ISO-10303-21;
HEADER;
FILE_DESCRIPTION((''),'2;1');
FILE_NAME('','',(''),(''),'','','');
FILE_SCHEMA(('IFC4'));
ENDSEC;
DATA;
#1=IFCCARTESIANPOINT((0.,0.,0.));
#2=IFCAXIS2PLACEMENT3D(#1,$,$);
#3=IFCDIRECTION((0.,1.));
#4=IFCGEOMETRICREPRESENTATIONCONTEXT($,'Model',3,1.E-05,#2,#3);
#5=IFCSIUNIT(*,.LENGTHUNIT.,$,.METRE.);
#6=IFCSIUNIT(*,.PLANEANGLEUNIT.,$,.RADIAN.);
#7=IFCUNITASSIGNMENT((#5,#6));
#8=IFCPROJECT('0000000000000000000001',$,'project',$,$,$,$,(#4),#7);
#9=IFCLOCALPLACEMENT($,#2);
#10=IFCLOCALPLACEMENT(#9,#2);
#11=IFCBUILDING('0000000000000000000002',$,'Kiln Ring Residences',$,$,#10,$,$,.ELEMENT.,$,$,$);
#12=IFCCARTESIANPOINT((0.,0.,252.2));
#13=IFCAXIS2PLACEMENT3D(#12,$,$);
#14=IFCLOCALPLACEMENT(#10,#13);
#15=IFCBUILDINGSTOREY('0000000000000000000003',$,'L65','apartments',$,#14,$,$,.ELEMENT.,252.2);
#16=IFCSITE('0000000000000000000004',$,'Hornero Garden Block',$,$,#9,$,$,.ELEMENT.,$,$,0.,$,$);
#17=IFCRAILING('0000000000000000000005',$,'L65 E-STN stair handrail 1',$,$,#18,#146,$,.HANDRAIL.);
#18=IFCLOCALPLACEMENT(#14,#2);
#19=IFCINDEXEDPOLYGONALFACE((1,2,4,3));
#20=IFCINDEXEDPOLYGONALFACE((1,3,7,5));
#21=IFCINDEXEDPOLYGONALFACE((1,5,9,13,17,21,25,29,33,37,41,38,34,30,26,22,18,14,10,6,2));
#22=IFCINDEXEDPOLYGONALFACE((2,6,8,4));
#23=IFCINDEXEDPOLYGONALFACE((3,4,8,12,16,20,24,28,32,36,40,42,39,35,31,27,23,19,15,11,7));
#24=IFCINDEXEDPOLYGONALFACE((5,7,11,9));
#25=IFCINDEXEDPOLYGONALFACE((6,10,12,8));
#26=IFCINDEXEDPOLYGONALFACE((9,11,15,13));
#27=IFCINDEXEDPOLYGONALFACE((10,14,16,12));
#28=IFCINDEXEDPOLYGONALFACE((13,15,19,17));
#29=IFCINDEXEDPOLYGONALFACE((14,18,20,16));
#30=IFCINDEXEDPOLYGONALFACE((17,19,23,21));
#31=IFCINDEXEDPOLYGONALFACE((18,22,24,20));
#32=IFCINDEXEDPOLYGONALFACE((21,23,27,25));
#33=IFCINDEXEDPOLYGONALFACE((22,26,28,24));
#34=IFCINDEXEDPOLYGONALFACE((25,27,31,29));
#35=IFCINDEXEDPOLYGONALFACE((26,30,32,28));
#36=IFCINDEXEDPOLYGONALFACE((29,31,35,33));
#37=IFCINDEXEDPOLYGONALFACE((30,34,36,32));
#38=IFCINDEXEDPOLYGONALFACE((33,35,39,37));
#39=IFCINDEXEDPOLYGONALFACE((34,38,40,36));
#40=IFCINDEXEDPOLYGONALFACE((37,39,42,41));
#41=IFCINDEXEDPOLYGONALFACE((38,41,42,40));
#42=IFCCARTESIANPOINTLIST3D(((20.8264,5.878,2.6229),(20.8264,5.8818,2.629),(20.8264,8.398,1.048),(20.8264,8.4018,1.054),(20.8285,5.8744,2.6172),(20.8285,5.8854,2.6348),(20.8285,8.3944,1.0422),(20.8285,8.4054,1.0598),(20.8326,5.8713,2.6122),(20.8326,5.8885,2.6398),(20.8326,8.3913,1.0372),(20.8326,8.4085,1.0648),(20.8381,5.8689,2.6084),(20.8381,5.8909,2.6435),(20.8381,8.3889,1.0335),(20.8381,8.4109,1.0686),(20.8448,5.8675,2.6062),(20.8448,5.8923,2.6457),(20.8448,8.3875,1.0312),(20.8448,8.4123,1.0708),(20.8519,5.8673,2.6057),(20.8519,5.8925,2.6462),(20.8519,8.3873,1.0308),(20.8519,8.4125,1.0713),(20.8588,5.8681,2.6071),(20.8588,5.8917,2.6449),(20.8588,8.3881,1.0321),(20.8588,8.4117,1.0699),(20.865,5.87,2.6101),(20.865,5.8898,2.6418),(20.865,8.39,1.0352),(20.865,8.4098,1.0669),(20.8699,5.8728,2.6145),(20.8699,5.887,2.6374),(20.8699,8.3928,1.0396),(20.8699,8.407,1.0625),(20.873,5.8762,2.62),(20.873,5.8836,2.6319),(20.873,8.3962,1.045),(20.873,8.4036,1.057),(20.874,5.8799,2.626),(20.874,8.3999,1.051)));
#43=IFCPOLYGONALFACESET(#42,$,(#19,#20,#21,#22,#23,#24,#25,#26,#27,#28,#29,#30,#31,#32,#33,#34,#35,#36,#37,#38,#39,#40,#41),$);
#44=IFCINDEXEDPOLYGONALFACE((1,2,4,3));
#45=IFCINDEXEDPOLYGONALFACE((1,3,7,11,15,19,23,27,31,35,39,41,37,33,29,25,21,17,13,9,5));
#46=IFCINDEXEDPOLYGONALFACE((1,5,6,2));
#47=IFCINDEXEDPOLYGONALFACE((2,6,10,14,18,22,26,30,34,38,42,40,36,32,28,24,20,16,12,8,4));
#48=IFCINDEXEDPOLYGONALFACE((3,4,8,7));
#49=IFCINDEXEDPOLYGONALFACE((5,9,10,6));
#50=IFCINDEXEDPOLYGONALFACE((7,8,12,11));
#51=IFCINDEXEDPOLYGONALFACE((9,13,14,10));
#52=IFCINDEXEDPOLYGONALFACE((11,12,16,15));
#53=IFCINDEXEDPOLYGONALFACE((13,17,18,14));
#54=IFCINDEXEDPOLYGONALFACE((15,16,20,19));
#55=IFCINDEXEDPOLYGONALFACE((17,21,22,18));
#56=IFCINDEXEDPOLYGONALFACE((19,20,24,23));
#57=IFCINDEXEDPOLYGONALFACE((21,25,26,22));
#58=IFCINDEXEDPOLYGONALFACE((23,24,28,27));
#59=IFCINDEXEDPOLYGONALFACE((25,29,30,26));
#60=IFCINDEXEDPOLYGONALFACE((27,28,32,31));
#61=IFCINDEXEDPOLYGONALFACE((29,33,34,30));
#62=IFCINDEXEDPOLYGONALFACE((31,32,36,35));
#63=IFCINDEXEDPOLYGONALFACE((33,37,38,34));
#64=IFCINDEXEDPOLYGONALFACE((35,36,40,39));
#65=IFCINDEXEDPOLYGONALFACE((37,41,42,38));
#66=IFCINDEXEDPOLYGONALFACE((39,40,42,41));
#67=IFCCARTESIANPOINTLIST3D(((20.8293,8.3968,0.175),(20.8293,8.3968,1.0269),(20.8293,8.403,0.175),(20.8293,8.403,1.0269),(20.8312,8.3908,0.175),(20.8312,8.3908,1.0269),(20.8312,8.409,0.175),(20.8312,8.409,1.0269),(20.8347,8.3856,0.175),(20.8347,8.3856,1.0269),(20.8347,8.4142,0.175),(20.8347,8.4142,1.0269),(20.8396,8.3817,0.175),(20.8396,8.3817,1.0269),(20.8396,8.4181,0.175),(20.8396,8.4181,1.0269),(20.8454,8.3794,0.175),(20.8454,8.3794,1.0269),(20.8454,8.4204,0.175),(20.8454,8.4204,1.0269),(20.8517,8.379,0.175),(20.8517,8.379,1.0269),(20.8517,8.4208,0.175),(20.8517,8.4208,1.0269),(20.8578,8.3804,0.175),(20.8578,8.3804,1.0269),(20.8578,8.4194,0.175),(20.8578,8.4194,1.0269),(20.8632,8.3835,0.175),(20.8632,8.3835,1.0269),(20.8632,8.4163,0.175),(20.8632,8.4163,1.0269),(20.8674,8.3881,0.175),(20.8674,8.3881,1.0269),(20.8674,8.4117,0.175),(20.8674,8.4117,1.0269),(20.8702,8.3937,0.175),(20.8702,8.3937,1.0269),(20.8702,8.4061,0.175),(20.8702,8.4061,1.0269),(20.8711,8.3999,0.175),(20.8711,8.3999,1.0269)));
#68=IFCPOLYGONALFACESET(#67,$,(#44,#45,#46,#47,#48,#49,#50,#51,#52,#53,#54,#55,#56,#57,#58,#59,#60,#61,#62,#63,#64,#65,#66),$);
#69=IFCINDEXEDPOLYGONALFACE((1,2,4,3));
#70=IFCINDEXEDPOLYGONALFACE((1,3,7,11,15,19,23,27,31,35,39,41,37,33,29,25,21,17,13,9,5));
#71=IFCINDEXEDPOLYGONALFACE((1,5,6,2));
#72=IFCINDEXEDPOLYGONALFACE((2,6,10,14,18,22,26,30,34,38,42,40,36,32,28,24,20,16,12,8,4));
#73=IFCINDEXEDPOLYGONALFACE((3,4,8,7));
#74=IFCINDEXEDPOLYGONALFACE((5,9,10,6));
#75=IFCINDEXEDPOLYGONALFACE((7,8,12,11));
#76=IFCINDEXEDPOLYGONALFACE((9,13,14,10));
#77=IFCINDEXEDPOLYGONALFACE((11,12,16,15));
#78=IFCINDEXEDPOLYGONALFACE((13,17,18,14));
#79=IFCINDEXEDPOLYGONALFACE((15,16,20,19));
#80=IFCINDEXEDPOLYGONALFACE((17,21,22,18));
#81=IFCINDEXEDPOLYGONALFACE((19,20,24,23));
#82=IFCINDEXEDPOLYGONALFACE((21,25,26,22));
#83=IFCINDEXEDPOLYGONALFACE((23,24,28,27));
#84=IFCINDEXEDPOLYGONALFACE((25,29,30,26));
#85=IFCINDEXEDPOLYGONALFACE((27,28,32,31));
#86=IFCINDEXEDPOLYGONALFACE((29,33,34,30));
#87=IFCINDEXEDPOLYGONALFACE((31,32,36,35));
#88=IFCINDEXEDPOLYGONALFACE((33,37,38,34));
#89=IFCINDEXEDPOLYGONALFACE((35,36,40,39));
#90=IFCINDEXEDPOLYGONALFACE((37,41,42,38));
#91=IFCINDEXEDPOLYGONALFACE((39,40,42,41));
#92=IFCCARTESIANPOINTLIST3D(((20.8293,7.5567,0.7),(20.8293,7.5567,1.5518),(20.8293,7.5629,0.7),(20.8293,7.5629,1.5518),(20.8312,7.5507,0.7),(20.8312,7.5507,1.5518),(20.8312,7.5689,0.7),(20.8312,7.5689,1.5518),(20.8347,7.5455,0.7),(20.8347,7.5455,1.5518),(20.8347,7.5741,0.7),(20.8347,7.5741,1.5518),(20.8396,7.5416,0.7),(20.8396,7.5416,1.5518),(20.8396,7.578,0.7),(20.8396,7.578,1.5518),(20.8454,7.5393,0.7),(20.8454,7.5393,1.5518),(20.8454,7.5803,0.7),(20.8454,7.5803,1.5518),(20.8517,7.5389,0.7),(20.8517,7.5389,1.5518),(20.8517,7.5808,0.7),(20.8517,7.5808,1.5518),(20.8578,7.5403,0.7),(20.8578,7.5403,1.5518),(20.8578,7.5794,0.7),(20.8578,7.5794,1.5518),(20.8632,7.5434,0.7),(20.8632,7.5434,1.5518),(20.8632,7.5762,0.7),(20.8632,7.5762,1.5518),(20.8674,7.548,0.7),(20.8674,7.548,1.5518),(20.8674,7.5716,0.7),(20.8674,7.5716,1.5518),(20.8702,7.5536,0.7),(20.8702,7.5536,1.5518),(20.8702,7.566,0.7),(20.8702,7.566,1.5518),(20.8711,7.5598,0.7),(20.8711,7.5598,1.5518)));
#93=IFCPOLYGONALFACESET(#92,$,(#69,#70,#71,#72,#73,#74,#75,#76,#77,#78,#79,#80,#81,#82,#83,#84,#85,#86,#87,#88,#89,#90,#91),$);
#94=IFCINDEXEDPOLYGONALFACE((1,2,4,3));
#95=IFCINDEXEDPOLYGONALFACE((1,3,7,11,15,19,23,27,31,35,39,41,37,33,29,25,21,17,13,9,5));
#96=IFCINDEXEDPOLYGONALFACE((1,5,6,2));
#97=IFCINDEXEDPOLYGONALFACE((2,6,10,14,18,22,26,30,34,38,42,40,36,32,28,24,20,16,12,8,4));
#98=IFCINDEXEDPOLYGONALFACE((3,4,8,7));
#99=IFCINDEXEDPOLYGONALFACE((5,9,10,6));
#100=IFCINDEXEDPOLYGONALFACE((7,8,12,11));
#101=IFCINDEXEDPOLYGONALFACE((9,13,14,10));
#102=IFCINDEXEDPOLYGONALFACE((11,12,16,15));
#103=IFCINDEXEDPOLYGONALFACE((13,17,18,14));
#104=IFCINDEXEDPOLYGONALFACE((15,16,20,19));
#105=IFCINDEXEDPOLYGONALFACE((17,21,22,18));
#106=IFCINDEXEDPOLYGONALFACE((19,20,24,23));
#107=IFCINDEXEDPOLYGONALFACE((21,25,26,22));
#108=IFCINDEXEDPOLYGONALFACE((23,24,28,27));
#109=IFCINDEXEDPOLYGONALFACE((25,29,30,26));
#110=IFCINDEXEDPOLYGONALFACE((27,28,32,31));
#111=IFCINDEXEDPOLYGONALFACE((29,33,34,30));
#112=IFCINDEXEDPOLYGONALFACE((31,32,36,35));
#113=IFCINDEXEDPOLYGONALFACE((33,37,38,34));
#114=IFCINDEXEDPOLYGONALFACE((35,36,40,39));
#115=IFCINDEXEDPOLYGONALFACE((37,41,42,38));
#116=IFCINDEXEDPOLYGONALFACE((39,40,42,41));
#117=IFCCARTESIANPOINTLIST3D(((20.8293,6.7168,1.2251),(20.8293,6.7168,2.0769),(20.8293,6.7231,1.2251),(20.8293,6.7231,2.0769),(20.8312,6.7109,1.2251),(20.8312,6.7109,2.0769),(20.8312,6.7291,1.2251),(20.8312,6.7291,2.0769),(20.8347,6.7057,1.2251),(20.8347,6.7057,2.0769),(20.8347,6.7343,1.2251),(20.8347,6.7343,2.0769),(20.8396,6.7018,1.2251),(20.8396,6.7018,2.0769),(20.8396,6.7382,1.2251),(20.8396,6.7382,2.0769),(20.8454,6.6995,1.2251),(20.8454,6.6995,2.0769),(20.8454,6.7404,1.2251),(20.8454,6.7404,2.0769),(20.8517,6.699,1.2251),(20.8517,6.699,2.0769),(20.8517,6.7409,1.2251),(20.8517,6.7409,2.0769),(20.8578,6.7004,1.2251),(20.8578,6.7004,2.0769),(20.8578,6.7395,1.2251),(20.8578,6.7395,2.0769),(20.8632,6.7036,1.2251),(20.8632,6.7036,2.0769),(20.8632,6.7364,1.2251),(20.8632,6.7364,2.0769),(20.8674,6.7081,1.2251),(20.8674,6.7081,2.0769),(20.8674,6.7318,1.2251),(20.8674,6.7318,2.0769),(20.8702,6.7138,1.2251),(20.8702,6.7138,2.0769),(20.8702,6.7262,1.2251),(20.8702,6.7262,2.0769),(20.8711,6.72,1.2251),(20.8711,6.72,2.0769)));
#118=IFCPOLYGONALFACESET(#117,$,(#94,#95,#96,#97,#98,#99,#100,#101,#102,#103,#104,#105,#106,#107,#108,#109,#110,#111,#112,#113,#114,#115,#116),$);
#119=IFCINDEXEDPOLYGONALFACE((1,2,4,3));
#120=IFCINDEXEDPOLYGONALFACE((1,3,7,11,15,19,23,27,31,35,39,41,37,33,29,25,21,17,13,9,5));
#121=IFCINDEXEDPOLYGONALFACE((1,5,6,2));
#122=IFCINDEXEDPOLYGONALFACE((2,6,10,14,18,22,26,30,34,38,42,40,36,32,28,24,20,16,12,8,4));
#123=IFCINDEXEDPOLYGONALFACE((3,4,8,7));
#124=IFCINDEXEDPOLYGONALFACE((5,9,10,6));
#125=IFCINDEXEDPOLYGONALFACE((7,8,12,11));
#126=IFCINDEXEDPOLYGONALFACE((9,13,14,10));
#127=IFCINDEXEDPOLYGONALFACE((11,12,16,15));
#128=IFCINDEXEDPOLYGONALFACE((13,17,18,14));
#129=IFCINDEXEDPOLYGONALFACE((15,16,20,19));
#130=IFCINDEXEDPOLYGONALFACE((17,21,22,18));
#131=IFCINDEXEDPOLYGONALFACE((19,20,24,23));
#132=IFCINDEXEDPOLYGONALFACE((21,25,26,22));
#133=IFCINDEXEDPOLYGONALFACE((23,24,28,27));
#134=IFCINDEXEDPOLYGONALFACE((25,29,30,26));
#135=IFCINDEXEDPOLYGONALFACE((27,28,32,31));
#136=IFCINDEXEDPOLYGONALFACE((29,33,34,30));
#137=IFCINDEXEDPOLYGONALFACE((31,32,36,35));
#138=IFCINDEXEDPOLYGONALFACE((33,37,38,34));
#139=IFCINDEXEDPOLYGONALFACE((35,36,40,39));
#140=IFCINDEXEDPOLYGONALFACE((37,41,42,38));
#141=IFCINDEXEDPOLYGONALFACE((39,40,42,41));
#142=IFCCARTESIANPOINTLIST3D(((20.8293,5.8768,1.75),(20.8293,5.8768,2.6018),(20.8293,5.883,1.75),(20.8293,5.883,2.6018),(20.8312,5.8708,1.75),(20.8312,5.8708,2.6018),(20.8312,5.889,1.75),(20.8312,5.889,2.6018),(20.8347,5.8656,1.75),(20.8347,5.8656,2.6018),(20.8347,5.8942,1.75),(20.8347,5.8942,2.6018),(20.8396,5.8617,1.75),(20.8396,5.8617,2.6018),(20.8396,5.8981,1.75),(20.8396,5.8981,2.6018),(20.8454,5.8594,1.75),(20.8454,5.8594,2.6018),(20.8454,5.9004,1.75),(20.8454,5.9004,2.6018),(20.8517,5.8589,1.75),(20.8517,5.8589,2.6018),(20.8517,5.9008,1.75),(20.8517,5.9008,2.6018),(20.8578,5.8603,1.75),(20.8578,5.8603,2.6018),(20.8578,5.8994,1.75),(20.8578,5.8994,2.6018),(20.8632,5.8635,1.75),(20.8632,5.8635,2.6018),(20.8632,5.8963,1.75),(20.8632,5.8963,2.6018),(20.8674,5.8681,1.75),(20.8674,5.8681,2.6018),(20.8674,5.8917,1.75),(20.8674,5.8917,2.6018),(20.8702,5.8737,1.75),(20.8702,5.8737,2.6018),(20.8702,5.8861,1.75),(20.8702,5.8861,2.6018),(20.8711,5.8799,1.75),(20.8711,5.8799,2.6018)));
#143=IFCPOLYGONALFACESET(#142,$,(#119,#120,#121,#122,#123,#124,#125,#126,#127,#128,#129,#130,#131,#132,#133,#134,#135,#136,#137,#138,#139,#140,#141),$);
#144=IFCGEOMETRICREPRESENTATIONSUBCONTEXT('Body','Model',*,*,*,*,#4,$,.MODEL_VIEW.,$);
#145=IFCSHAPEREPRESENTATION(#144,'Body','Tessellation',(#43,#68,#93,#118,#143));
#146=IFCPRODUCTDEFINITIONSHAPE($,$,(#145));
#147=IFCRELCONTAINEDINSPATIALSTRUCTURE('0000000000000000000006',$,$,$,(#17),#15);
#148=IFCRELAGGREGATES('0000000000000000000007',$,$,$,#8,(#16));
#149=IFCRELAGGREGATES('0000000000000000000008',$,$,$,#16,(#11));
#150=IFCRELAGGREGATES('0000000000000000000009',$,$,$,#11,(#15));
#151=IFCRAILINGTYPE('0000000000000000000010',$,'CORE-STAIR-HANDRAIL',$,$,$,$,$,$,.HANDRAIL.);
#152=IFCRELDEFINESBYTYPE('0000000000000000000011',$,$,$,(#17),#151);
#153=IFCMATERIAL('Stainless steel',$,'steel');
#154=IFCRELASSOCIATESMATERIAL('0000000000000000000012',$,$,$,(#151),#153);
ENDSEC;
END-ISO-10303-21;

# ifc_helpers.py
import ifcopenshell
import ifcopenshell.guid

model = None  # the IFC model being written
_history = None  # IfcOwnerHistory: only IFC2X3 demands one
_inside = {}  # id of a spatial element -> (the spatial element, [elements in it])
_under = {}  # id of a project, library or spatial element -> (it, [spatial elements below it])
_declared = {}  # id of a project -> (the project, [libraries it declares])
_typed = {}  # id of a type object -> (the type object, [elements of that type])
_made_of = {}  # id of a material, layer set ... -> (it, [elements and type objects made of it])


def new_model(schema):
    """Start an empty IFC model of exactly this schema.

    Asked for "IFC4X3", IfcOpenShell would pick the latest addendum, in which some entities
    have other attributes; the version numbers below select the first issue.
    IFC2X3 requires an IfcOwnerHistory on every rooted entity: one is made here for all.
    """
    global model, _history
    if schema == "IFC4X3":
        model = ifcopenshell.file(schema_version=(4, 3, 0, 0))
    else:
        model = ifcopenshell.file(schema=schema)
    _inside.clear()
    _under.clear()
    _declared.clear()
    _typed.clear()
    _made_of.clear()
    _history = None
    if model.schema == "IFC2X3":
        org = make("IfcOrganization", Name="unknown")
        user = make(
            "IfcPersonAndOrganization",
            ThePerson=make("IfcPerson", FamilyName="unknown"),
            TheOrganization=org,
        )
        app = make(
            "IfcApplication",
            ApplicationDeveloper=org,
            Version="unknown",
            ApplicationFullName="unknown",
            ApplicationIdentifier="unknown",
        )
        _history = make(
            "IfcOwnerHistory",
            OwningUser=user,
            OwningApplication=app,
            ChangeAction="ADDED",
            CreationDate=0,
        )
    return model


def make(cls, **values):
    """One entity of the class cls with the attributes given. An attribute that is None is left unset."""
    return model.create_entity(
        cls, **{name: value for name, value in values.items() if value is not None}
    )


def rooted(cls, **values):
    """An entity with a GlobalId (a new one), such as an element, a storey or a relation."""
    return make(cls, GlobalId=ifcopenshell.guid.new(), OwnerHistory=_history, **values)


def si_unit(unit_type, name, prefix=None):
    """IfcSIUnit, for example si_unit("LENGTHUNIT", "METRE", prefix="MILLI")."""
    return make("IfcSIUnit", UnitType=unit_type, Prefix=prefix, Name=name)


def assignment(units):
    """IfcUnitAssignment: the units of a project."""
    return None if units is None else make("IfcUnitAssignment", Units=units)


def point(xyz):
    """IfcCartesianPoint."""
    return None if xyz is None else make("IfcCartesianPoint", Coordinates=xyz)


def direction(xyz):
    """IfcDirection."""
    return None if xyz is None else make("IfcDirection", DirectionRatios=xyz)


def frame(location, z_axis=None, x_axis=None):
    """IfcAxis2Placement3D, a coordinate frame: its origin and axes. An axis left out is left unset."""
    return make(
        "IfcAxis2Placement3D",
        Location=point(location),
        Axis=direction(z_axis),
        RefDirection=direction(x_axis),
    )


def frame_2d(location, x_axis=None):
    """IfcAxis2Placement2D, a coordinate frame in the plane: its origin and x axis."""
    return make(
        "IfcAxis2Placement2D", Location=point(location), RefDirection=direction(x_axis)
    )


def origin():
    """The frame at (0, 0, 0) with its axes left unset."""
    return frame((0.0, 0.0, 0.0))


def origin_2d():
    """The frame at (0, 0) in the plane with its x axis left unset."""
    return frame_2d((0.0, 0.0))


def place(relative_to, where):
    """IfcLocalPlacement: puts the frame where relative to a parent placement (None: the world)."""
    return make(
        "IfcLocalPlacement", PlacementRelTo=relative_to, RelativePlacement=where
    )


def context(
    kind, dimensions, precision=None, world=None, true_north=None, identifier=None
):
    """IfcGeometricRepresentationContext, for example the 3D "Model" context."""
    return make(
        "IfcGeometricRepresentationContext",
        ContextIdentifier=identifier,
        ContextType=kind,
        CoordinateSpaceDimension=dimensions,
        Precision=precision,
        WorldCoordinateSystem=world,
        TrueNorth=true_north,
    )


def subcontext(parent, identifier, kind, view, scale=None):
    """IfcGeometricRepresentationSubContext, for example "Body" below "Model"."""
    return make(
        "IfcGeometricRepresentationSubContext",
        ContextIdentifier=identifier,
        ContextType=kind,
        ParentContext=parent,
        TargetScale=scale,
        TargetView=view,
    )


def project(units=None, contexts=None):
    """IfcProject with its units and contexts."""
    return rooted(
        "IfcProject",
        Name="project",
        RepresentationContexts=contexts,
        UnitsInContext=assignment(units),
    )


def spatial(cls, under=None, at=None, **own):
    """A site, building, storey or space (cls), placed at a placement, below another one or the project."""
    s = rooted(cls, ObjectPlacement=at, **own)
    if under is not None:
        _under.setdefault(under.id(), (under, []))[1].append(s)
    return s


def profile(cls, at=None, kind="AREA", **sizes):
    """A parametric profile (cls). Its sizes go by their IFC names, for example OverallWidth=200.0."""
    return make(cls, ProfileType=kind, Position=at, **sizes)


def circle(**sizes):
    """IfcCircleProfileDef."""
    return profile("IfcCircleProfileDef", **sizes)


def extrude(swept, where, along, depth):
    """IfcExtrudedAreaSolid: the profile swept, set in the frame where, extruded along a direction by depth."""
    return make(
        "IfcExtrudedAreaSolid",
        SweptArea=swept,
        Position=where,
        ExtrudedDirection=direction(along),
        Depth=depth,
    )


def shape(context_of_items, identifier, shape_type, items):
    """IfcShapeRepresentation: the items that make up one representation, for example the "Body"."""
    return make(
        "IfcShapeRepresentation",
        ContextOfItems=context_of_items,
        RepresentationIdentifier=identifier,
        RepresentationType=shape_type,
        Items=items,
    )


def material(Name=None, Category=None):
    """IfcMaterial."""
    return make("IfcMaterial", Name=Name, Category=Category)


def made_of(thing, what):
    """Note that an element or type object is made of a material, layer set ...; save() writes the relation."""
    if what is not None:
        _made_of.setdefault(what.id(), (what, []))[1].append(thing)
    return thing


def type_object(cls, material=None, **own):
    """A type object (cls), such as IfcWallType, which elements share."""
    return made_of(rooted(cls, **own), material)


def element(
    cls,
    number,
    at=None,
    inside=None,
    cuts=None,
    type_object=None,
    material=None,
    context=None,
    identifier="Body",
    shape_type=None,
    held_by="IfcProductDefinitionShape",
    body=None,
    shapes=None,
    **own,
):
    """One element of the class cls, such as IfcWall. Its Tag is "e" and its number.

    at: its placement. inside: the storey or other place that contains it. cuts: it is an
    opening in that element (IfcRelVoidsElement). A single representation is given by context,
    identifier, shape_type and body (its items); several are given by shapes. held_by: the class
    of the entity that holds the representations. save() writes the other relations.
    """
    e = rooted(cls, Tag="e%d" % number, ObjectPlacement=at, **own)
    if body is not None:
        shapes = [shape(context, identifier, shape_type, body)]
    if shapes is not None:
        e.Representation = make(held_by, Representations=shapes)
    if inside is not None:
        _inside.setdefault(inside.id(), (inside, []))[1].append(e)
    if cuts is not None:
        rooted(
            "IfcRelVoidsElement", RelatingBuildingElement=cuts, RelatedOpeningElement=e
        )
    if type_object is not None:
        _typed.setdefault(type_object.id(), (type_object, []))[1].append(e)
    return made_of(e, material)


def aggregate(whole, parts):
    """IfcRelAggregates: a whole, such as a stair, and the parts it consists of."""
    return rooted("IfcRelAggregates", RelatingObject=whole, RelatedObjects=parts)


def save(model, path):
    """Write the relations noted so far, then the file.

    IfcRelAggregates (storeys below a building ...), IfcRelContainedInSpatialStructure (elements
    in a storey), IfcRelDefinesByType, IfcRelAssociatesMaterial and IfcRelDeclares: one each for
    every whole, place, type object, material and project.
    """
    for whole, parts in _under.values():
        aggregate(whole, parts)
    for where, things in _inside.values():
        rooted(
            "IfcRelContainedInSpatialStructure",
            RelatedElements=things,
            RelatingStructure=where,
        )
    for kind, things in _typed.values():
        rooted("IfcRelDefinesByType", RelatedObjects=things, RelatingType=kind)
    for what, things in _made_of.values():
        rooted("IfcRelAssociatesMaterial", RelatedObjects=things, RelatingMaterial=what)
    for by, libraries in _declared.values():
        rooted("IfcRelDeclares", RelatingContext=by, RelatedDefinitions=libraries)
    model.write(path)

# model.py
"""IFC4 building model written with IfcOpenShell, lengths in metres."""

from ifc_helpers import new_model, si_unit, direction, frame, origin, origin_2d, place, context, subcontext, project, spatial, circle, extrude, material, type_object, element, save


model = new_model("IFC4")

# Units and contexts
model_context = context("Model", 3, precision=1e-05, world=origin(), true_north=direction((0.0, 1.0)))
body_context = subcontext(model_context, "Body", "Model", "MODEL_VIEW")
ifc_project = project(units=[si_unit("LENGTHUNIT", "METRE"), si_unit("PLANEANGLEUNIT", "RADIAN")], contexts=[model_context])

# Site, building, storey
site_placement = place(None, origin())
site = spatial("IfcSite", under=ifc_project, at=site_placement, Name="Hornero Garden Block", CompositionType="ELEMENT", RefElevation=0.0)
building_placement = place(site_placement, origin())
building = spatial("IfcBuilding", under=site, at=building_placement, Name="Kiln Ring Residences", CompositionType="ELEMENT")
storey_placement = place(building_placement, frame((0.0, 0.0, 252.2)))
storey = spatial("IfcBuildingStorey", under=building, at=storey_placement, Name="L65", Description="apartments", CompositionType="ELEMENT", Elevation=252.2)

# Railing
ifc_material_1 = material(Name="Stainless steel", Category="steel")
railing_type_1 = type_object("IfcRailingType", Name="CORE-STAIR-HANDRAIL", PredefinedType="HANDRAIL", material=ifc_material_1)
railing_1_placement = place(storey_placement, frame((20.8501, 8.3999, 0.175)))
element("IfcRailing", 1, at=railing_1_placement, inside=storey, type_object=railing_type_1, Name="L65 E-STN stair handrail 1", PredefinedType="HANDRAIL", context=body_context, shape_type="SweptSolid", body=[
    extrude(circle(Radius=0.0239, at=origin_2d()), frame((0.0, 0.0, 0.876), z_axis=(0.0, -0.848008, 0.529984), x_axis=(1.0, 0.0, 0.0)), (0.0, 0.0, 1.0), 2.9717),
    extrude(circle(Radius=0.021, at=origin_2d()), origin(), (0.0, 0.0, 1.0), 0.8518),
    extrude(circle(Radius=0.021, at=origin_2d()), frame((0.0, -0.8401, 0.5249)), (0.0, 0.0, 1.0), 0.8518),
    extrude(circle(Radius=0.021, at=origin_2d()), frame((0.0, -1.6799, 1.05)), (0.0, 0.0, 1.0), 0.8518),
    extrude(circle(Radius=0.021, at=origin_2d()), frame((0.0, -2.52, 1.575)), (0.0, 0.0, 1.0), 0.8518),
])

save(model, "model.ifc")
